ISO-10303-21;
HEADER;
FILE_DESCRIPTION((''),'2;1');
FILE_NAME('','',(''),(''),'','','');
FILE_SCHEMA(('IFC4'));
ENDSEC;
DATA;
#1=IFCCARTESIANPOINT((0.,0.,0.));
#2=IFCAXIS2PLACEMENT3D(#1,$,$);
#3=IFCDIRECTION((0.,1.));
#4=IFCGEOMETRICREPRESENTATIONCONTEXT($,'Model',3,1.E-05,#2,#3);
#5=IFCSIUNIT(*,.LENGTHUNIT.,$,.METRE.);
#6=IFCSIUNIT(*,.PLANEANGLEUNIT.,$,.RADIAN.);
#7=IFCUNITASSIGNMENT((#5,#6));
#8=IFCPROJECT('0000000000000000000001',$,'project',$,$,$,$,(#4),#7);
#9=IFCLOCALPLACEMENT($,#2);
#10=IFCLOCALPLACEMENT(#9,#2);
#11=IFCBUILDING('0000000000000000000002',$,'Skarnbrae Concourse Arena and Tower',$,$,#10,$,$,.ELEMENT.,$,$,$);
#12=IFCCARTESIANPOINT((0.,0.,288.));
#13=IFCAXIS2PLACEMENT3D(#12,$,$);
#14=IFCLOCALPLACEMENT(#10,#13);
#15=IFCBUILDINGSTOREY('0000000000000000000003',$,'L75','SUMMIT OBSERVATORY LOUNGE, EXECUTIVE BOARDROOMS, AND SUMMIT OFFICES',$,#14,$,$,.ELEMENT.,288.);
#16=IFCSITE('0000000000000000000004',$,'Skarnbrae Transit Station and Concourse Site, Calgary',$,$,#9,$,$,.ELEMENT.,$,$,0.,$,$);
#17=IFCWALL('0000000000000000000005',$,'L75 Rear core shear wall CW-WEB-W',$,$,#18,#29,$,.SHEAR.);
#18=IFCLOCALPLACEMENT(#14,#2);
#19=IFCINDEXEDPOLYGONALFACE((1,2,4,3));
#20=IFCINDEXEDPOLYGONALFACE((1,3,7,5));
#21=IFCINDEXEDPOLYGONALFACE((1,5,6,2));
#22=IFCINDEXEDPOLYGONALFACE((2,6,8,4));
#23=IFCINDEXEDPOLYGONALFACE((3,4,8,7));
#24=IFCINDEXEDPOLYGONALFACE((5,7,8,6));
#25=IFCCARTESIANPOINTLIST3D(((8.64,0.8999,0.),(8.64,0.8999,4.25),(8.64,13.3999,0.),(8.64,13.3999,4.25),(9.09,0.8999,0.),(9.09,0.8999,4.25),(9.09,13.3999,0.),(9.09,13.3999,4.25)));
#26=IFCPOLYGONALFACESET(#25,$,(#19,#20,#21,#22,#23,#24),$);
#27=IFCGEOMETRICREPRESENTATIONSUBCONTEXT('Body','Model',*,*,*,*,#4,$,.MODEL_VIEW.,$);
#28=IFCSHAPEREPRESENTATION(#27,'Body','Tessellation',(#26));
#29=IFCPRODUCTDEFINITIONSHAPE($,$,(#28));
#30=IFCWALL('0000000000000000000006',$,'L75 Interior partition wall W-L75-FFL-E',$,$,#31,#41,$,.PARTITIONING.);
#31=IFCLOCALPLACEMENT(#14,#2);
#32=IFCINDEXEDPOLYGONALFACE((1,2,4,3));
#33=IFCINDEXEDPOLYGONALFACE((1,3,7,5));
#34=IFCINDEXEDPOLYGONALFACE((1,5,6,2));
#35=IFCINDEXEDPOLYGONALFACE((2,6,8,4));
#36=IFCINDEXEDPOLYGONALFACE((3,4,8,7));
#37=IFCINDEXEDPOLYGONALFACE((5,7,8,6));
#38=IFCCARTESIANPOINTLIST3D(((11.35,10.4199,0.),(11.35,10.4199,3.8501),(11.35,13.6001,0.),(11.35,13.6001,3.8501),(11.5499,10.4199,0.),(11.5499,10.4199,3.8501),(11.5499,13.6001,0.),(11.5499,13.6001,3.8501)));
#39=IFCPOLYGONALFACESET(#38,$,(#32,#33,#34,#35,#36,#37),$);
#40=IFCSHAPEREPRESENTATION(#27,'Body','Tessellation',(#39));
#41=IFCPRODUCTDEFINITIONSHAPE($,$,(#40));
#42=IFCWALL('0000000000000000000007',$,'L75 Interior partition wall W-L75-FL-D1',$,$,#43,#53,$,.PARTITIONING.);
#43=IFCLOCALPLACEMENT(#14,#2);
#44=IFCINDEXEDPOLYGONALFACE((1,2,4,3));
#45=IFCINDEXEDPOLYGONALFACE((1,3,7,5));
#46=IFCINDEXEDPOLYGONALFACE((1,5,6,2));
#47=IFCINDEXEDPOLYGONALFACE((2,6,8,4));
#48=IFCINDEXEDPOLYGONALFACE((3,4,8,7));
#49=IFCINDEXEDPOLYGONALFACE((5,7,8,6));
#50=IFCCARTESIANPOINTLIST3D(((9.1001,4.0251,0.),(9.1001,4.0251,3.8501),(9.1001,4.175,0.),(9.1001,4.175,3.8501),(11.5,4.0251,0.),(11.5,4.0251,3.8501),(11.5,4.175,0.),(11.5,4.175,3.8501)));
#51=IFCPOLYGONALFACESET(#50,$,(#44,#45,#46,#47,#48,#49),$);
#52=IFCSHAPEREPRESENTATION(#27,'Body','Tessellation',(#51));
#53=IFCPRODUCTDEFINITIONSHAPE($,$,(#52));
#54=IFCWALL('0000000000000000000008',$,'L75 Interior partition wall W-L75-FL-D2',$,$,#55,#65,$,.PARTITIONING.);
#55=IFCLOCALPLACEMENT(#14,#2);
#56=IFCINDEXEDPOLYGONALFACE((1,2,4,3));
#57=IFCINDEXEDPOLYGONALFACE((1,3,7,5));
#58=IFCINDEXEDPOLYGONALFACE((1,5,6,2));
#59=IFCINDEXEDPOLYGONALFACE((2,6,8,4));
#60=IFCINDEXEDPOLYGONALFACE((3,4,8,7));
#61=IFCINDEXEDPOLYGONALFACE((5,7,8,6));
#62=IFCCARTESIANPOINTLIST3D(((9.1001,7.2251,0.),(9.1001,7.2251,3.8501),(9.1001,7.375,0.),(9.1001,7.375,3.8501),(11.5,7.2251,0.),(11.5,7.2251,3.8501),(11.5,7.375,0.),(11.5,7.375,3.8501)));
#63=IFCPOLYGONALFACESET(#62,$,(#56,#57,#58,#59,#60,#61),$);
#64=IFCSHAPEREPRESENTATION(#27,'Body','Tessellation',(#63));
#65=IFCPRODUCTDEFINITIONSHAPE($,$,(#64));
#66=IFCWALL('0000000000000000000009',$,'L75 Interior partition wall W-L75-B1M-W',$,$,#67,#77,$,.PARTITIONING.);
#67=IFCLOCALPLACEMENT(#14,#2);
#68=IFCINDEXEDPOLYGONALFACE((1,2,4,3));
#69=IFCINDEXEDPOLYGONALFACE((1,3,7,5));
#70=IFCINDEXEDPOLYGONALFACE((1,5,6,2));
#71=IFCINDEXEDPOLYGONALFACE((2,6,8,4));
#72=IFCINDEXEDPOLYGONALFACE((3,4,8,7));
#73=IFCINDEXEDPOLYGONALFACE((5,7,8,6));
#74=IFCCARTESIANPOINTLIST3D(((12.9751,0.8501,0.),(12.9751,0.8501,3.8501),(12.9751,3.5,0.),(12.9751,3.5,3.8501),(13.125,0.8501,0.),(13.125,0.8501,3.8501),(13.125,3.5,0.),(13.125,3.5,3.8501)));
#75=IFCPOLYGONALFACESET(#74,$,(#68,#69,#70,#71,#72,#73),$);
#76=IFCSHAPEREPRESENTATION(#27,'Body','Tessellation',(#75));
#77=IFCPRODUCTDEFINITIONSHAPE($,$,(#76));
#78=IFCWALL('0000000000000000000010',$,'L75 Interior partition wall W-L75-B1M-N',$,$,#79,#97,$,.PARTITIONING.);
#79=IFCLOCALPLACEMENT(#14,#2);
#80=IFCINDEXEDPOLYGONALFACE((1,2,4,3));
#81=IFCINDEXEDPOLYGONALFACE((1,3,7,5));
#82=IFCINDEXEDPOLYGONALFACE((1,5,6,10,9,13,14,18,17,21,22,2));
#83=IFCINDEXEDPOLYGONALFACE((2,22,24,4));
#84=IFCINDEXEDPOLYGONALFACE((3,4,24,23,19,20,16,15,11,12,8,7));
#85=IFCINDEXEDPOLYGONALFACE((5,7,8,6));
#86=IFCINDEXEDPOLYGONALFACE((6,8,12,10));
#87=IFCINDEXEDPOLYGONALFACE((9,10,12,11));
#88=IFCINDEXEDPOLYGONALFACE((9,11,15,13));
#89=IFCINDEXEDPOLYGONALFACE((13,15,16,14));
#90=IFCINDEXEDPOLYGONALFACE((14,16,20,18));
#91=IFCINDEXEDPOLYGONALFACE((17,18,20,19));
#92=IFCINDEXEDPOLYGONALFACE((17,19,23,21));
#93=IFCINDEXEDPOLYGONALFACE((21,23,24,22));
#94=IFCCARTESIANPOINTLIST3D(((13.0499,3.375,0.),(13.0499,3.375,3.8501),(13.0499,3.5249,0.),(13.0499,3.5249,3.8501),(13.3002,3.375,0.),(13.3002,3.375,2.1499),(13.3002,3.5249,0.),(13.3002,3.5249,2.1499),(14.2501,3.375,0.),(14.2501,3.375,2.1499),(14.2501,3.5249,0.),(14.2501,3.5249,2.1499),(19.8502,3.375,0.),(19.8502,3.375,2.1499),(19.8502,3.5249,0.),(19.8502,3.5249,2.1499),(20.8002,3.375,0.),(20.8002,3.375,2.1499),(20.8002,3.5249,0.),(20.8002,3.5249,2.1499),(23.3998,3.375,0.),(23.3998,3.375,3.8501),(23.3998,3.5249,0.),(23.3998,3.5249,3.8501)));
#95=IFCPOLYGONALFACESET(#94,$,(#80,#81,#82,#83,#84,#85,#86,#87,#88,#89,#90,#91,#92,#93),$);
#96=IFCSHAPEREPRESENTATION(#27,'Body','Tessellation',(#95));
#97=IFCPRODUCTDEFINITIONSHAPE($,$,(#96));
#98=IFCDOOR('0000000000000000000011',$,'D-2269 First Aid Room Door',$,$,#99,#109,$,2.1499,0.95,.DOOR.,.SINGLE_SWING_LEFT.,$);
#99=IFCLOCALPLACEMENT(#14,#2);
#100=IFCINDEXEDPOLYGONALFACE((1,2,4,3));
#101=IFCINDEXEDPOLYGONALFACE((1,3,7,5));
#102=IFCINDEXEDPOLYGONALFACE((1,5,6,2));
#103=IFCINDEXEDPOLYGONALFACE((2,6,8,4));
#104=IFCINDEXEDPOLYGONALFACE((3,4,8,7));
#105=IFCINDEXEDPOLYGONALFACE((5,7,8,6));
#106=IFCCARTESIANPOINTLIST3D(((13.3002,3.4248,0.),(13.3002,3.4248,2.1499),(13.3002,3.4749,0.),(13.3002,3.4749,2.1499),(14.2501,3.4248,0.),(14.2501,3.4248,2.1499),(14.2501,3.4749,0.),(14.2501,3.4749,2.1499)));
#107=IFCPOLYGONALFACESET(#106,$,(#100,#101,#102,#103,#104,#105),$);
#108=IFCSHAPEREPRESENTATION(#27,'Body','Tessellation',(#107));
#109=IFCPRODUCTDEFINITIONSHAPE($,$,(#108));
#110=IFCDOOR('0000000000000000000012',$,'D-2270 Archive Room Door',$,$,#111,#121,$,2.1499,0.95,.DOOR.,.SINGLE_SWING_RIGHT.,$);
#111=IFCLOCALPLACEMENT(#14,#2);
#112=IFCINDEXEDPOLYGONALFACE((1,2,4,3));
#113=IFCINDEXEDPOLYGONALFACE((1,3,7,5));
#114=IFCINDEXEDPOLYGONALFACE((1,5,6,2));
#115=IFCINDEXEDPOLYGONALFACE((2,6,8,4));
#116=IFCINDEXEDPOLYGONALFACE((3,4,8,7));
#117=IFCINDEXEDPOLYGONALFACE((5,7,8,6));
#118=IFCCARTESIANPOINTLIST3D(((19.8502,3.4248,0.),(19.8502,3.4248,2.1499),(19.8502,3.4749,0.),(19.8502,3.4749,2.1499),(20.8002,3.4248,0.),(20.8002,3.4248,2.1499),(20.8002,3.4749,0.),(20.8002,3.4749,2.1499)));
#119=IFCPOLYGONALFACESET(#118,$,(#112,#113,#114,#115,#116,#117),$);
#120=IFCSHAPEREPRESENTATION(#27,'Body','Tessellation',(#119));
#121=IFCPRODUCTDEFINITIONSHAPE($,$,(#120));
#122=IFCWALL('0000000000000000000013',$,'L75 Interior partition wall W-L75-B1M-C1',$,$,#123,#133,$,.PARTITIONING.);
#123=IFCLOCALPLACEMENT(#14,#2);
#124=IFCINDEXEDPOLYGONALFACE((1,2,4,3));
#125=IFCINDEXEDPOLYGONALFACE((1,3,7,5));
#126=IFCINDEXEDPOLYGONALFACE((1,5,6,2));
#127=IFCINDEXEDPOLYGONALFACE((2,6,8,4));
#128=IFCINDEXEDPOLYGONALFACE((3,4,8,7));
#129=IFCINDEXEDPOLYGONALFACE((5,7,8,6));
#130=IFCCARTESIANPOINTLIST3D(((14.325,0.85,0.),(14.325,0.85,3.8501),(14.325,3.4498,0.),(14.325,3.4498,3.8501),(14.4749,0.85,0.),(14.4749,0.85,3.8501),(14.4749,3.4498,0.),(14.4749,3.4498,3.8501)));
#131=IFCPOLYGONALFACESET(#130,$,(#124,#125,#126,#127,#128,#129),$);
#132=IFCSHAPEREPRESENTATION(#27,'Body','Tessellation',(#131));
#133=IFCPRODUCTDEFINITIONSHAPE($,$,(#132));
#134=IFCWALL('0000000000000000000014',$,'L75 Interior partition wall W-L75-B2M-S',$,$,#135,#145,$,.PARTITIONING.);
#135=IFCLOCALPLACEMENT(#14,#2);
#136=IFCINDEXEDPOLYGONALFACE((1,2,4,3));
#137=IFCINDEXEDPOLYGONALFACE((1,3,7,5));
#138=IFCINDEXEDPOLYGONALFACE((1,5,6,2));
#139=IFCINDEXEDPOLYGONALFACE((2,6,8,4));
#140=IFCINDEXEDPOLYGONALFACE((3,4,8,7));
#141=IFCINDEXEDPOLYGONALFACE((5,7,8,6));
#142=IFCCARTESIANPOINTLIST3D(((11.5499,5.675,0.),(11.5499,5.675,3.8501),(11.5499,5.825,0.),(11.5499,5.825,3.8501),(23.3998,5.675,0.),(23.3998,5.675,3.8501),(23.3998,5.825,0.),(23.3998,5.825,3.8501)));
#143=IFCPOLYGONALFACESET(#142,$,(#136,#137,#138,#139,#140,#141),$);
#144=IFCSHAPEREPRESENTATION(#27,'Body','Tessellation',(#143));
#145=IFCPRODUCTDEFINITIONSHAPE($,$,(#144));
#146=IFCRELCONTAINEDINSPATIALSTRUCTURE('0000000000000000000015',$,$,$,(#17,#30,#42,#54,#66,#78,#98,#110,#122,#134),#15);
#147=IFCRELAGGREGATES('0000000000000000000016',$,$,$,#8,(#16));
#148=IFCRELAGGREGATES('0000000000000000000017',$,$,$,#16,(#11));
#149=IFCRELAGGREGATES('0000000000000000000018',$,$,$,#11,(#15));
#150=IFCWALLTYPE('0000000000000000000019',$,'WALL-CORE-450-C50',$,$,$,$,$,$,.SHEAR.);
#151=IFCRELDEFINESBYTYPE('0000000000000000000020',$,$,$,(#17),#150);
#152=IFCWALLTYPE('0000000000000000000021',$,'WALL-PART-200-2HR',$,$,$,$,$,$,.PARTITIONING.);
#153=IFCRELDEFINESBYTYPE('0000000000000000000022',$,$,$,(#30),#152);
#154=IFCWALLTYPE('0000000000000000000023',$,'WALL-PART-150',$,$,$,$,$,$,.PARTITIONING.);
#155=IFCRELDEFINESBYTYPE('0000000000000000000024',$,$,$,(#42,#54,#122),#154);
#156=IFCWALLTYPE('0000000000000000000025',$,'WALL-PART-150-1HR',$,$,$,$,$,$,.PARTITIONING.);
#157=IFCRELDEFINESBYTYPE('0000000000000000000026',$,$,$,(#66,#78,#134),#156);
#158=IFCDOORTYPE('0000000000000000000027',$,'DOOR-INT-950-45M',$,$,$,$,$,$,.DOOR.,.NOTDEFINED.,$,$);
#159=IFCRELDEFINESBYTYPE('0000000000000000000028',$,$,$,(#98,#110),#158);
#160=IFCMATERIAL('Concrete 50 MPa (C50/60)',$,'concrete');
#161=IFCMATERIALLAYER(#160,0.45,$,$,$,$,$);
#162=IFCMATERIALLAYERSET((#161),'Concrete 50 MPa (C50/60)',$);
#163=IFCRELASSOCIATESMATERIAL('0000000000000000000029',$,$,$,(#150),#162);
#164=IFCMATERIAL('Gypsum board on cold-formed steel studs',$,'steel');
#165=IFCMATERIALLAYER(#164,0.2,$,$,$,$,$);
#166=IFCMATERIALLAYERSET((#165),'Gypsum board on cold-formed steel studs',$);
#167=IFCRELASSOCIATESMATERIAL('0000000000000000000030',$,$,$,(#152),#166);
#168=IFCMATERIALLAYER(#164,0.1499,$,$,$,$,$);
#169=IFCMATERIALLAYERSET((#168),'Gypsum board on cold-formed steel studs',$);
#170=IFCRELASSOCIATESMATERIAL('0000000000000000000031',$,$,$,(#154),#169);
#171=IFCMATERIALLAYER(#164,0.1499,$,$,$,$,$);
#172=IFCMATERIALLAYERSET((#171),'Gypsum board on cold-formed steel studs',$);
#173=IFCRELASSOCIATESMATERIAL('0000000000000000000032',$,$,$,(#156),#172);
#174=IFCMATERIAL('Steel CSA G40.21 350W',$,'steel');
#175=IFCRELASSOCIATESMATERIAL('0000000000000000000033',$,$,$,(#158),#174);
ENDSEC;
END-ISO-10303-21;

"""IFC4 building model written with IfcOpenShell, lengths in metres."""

from ifc_helpers import new_model, si_unit, direction, frame, frame_2d, origin, place, context, subcontext, project, spatial, rectangle, extrude, source, transform, mapped, material, layer, layer_set, type_object, element, fill, save


model = new_model("IFC4")

# Units and contexts
model_context = context("Model", 3, precision=1e-05, world=origin(), true_north=direction((0.0, 1.0)))
body_context = subcontext(model_context, "Body", "Model", "MODEL_VIEW")
ifc_project = project(units=[si_unit("LENGTHUNIT", "METRE"), si_unit("PLANEANGLEUNIT", "RADIAN")], contexts=[model_context])

# Site, building, storey
site_placement = place(None, origin())
site = spatial("IfcSite", under=ifc_project, at=site_placement, Name="Skarnbrae Transit Station and Concourse Site, Calgary", CompositionType="ELEMENT", RefElevation=0.0)
building_placement = place(site_placement, origin())
building = spatial("IfcBuilding", under=site, at=building_placement, Name="Skarnbrae Concourse Arena and Tower", CompositionType="ELEMENT")
storey_placement = place(building_placement, frame((0.0, 0.0, 288.0)))
storey = spatial("IfcBuildingStorey", under=building, at=storey_placement, Name="L75", Description="SUMMIT OBSERVATORY LOUNGE, EXECUTIVE BOARDROOMS, AND SUMMIT OFFICES", CompositionType="ELEMENT", Elevation=288.0)

# Walls
ifc_material_1 = material(Name="Concrete 50 MPa (C50/60)", Category="concrete")
ifc_layer_1 = layer(ifc_material_1, 0.45)
ifc_layer_set_1 = layer_set([ifc_layer_1], Name="Concrete 50 MPa (C50/60)")
wall_type_1 = type_object("IfcWallType", Name="WALL-CORE-450-C50", PredefinedType="SHEAR", material=ifc_layer_set_1)
shared_shape_1 = source(origin(), body_context, "Body", "SweptSolid", [
    extrude(rectangle(XDim=12.5, YDim=0.45, at=frame_2d((6.25, 0.0))), origin(), (0.0, 0.0, 1.0), 4.25),
])
wall_1_placement = place(storey_placement, frame((8.865, 0.8999, 0.0), z_axis=(0.0, 0.0, 1.0), x_axis=(0.0, 1.0, 0.0)))
element("IfcWall", 1, at=wall_1_placement, inside=storey, type_object=wall_type_1, Name="L75 Rear core shear wall CW-WEB-W", PredefinedType="SHEAR", context=body_context, shape_type="MappedRepresentation", body=[
    mapped(shared_shape_1, transform((0.0, 0.0, 0.0))),
])
ifc_material_2 = material(Name="Gypsum board on cold-formed steel studs", Category="steel")
ifc_layer_2 = layer(ifc_material_2, 0.2)
ifc_layer_set_2 = layer_set([ifc_layer_2], Name="Gypsum board on cold-formed steel studs")
wall_type_2 = type_object("IfcWallType", Name="WALL-PART-200-2HR", PredefinedType="PARTITIONING", material=ifc_layer_set_2)
shared_shape_2 = source(origin(), body_context, "Body", "SweptSolid", [
    extrude(rectangle(XDim=3.1802, YDim=0.2, at=frame_2d((1.5901, 0.0))), origin(), (0.0, 0.0, 1.0), 3.8501),
])
wall_2_placement = place(storey_placement, frame((11.45, 10.4199, 0.0), z_axis=(0.0, 0.0, 1.0), x_axis=(0.0, 1.0, 0.0)))
element("IfcWall", 2, at=wall_2_placement, inside=storey, type_object=wall_type_2, Name="L75 Interior partition wall W-L75-FFL-E", PredefinedType="PARTITIONING", context=body_context, shape_type="MappedRepresentation", body=[
    mapped(shared_shape_2, transform((0.0, 0.0, 0.0))),
])

# Shared definitions
ifc_material_3 = material(Name="Steel CSA G40.21 350W", Category="steel")

# Walls
ifc_layer_3 = layer(ifc_material_2, 0.1499)
ifc_layer_set_3 = layer_set([ifc_layer_3], Name="Gypsum board on cold-formed steel studs")
wall_type_3 = type_object("IfcWallType", Name="WALL-PART-150", PredefinedType="PARTITIONING", material=ifc_layer_set_3)
shared_shape_3 = source(origin(), body_context, "Body", "SweptSolid", [
    extrude(rectangle(XDim=2.3999, YDim=0.1499, at=frame_2d((1.2, 0.0))), origin(), (0.0, 0.0, 1.0), 3.8501),
])
for number, where, z_axis, x_axis, name in (
    (3, (9.1001, 4.1001, 0.0), (0.0, 0.0, 1.0), (1.0, 0.0, 0.0), "L75 Interior partition wall W-L75-FL-D1"),
    (4, (9.1001, 7.3, 0.0), (0.0, 0.0, 1.0), (1.0, 0.0, 0.0), "L75 Interior partition wall W-L75-FL-D2"),
):
    element("IfcWall", number, at=place(storey_placement, frame(where, z_axis=z_axis, x_axis=x_axis)), inside=storey, type_object=wall_type_3, Name=name, PredefinedType="PARTITIONING", context=body_context, shape_type="MappedRepresentation", body=[
        mapped(shared_shape_3, transform((0.0, 0.0, 0.0))),
    ])
ifc_layer_4 = layer(ifc_material_2, 0.1499)
ifc_layer_set_4 = layer_set([ifc_layer_4], Name="Gypsum board on cold-formed steel studs")
wall_type_4 = type_object("IfcWallType", Name="WALL-PART-150-1HR", PredefinedType="PARTITIONING", material=ifc_layer_set_4)
shared_shape_4 = source(origin(), body_context, "Body", "SweptSolid", [
    extrude(rectangle(XDim=2.6499, YDim=0.1499, at=frame_2d((1.325, 0.0))), origin(), (0.0, 0.0, 1.0), 3.8501),
])
wall_3_placement = place(storey_placement, frame((13.05, 0.8501, 0.0), z_axis=(0.0, 0.0, 1.0), x_axis=(0.0, 1.0, 0.0)))
element("IfcWall", 5, at=wall_3_placement, inside=storey, type_object=wall_type_4, Name="L75 Interior partition wall W-L75-B1M-W", PredefinedType="PARTITIONING", context=body_context, shape_type="MappedRepresentation", body=[
    mapped(shared_shape_4, transform((0.0, 0.0, 0.0))),
])

# Wall, openings, doors
shared_shape_5 = source(origin(), body_context, "Body", "SweptSolid", [
    extrude(rectangle(XDim=10.3499, YDim=0.1499, at=frame_2d((5.1748, 0.0))), origin(), (0.0, 0.0, 1.0), 3.8501),
])
wall_4_placement = place(storey_placement, frame((13.05, 3.45, 0.0), z_axis=(0.0, 0.0, 1.0), x_axis=(1.0, 0.0, 0.0)))
wall_4 = element("IfcWall", 6, at=wall_4_placement, inside=storey, type_object=wall_type_4, Name="L75 Interior partition wall W-L75-B1M-N", PredefinedType="PARTITIONING", context=body_context, shape_type="MappedRepresentation", body=[
    mapped(shared_shape_5, transform((0.0, 0.0, 0.0))),
])
opening_1_placement = place(wall_4_placement, frame((0.25, 0.0, 0.0)))
opening_1 = element("IfcOpeningElement", 7, at=opening_1_placement, cuts=wall_4, PredefinedType="OPENING", context=body_context, shape_type="SweptSolid", body=[
    extrude(rectangle(XDim=0.95, YDim=2.1499, at=frame_2d((0.4751, 1.075))), frame((0.0, 0.085, 0.0), z_axis=(0.0, -1.0, 0.0), x_axis=(1.0, 0.0, 0.0)), (0.0, 0.0, 1.0), 0.1699),
])
opening_2_placement = place(wall_4_placement, frame((6.8, 0.0, 0.0)))
opening_2 = element("IfcOpeningElement", 8, at=opening_2_placement, cuts=wall_4, PredefinedType="OPENING", context=body_context, shape_type="SweptSolid", body=[
    extrude(rectangle(XDim=0.95, YDim=2.1499, at=frame_2d((0.4751, 1.075))), frame((0.0, 0.085, 0.0), z_axis=(0.0, -1.0, 0.0), x_axis=(1.0, 0.0, 0.0)), (0.0, 0.0, 1.0), 0.1699),
])
door_type_1 = type_object("IfcDoorType", Name="DOOR-INT-950-45M", OperationType="NOTDEFINED", PredefinedType="DOOR", material=ifc_material_3)
shared_shape_6 = source(origin(), body_context, "Body", "SweptSolid", [
    extrude(rectangle(XDim=0.95, YDim=2.1499, at=frame_2d((0.4751, 1.075))), frame((0.0, 0.0249, 0.0), z_axis=(0.0, -1.0, 0.0), x_axis=(1.0, 0.0, 0.0)), (0.0, 0.0, 1.0), 0.05),
])
door_1_placement = place(opening_1_placement, origin())
door_1 = element("IfcDoor", 9, at=door_1_placement, inside=storey, type_object=door_type_1, Name="D-2269 First Aid Room Door", OperationType="SINGLE_SWING_LEFT", OverallHeight=2.1499, OverallWidth=0.95, PredefinedType="DOOR", context=body_context, shape_type="MappedRepresentation", body=[
    mapped(shared_shape_6, transform((0.0, 0.0, 0.0))),
])
fill(opening_1, door_1)
door_2_placement = place(opening_2_placement, origin())
door_2 = element("IfcDoor", 10, at=door_2_placement, inside=storey, type_object=door_type_1, Name="D-2270 Archive Room Door", OperationType="SINGLE_SWING_RIGHT", OverallHeight=2.1499, OverallWidth=0.95, PredefinedType="DOOR", context=body_context, shape_type="MappedRepresentation", body=[
    mapped(shared_shape_6, transform((0.0, 0.0, 0.0))),
])
fill(opening_2, door_2)

# Walls
shared_shape_7 = source(origin(), body_context, "Body", "SweptSolid", [
    extrude(rectangle(XDim=2.5999, YDim=0.1499, at=frame_2d((1.2998, 0.0))), origin(), (0.0, 0.0, 1.0), 3.8501),
])
wall_5_placement = place(storey_placement, frame((14.3999, 0.8501, 0.0), z_axis=(0.0, 0.0, 1.0), x_axis=(0.0, 1.0, 0.0)))
element("IfcWall", 11, at=wall_5_placement, inside=storey, type_object=wall_type_3, Name="L75 Interior partition wall W-L75-B1M-C1", PredefinedType="PARTITIONING", context=body_context, shape_type="MappedRepresentation", body=[
    mapped(shared_shape_7, transform((0.0, 0.0, 0.0))),
])
shared_shape_8 = source(origin(), body_context, "Body", "SweptSolid", [
    extrude(rectangle(XDim=11.8499, YDim=0.1499, at=frame_2d((5.9248, 0.0))), origin(), (0.0, 0.0, 1.0), 3.8501),
])
wall_6_placement = place(storey_placement, frame((11.55, 5.75, 0.0), z_axis=(0.0, 0.0, 1.0), x_axis=(1.0, 0.0, 0.0)))
element("IfcWall", 12, at=wall_6_placement, inside=storey, type_object=wall_type_4, Name="L75 Interior partition wall W-L75-B2M-S", PredefinedType="PARTITIONING", context=body_context, shape_type="MappedRepresentation", body=[
    mapped(shared_shape_8, transform((0.0, 0.0, 0.0))),
])

save(model, "model.ifc")
